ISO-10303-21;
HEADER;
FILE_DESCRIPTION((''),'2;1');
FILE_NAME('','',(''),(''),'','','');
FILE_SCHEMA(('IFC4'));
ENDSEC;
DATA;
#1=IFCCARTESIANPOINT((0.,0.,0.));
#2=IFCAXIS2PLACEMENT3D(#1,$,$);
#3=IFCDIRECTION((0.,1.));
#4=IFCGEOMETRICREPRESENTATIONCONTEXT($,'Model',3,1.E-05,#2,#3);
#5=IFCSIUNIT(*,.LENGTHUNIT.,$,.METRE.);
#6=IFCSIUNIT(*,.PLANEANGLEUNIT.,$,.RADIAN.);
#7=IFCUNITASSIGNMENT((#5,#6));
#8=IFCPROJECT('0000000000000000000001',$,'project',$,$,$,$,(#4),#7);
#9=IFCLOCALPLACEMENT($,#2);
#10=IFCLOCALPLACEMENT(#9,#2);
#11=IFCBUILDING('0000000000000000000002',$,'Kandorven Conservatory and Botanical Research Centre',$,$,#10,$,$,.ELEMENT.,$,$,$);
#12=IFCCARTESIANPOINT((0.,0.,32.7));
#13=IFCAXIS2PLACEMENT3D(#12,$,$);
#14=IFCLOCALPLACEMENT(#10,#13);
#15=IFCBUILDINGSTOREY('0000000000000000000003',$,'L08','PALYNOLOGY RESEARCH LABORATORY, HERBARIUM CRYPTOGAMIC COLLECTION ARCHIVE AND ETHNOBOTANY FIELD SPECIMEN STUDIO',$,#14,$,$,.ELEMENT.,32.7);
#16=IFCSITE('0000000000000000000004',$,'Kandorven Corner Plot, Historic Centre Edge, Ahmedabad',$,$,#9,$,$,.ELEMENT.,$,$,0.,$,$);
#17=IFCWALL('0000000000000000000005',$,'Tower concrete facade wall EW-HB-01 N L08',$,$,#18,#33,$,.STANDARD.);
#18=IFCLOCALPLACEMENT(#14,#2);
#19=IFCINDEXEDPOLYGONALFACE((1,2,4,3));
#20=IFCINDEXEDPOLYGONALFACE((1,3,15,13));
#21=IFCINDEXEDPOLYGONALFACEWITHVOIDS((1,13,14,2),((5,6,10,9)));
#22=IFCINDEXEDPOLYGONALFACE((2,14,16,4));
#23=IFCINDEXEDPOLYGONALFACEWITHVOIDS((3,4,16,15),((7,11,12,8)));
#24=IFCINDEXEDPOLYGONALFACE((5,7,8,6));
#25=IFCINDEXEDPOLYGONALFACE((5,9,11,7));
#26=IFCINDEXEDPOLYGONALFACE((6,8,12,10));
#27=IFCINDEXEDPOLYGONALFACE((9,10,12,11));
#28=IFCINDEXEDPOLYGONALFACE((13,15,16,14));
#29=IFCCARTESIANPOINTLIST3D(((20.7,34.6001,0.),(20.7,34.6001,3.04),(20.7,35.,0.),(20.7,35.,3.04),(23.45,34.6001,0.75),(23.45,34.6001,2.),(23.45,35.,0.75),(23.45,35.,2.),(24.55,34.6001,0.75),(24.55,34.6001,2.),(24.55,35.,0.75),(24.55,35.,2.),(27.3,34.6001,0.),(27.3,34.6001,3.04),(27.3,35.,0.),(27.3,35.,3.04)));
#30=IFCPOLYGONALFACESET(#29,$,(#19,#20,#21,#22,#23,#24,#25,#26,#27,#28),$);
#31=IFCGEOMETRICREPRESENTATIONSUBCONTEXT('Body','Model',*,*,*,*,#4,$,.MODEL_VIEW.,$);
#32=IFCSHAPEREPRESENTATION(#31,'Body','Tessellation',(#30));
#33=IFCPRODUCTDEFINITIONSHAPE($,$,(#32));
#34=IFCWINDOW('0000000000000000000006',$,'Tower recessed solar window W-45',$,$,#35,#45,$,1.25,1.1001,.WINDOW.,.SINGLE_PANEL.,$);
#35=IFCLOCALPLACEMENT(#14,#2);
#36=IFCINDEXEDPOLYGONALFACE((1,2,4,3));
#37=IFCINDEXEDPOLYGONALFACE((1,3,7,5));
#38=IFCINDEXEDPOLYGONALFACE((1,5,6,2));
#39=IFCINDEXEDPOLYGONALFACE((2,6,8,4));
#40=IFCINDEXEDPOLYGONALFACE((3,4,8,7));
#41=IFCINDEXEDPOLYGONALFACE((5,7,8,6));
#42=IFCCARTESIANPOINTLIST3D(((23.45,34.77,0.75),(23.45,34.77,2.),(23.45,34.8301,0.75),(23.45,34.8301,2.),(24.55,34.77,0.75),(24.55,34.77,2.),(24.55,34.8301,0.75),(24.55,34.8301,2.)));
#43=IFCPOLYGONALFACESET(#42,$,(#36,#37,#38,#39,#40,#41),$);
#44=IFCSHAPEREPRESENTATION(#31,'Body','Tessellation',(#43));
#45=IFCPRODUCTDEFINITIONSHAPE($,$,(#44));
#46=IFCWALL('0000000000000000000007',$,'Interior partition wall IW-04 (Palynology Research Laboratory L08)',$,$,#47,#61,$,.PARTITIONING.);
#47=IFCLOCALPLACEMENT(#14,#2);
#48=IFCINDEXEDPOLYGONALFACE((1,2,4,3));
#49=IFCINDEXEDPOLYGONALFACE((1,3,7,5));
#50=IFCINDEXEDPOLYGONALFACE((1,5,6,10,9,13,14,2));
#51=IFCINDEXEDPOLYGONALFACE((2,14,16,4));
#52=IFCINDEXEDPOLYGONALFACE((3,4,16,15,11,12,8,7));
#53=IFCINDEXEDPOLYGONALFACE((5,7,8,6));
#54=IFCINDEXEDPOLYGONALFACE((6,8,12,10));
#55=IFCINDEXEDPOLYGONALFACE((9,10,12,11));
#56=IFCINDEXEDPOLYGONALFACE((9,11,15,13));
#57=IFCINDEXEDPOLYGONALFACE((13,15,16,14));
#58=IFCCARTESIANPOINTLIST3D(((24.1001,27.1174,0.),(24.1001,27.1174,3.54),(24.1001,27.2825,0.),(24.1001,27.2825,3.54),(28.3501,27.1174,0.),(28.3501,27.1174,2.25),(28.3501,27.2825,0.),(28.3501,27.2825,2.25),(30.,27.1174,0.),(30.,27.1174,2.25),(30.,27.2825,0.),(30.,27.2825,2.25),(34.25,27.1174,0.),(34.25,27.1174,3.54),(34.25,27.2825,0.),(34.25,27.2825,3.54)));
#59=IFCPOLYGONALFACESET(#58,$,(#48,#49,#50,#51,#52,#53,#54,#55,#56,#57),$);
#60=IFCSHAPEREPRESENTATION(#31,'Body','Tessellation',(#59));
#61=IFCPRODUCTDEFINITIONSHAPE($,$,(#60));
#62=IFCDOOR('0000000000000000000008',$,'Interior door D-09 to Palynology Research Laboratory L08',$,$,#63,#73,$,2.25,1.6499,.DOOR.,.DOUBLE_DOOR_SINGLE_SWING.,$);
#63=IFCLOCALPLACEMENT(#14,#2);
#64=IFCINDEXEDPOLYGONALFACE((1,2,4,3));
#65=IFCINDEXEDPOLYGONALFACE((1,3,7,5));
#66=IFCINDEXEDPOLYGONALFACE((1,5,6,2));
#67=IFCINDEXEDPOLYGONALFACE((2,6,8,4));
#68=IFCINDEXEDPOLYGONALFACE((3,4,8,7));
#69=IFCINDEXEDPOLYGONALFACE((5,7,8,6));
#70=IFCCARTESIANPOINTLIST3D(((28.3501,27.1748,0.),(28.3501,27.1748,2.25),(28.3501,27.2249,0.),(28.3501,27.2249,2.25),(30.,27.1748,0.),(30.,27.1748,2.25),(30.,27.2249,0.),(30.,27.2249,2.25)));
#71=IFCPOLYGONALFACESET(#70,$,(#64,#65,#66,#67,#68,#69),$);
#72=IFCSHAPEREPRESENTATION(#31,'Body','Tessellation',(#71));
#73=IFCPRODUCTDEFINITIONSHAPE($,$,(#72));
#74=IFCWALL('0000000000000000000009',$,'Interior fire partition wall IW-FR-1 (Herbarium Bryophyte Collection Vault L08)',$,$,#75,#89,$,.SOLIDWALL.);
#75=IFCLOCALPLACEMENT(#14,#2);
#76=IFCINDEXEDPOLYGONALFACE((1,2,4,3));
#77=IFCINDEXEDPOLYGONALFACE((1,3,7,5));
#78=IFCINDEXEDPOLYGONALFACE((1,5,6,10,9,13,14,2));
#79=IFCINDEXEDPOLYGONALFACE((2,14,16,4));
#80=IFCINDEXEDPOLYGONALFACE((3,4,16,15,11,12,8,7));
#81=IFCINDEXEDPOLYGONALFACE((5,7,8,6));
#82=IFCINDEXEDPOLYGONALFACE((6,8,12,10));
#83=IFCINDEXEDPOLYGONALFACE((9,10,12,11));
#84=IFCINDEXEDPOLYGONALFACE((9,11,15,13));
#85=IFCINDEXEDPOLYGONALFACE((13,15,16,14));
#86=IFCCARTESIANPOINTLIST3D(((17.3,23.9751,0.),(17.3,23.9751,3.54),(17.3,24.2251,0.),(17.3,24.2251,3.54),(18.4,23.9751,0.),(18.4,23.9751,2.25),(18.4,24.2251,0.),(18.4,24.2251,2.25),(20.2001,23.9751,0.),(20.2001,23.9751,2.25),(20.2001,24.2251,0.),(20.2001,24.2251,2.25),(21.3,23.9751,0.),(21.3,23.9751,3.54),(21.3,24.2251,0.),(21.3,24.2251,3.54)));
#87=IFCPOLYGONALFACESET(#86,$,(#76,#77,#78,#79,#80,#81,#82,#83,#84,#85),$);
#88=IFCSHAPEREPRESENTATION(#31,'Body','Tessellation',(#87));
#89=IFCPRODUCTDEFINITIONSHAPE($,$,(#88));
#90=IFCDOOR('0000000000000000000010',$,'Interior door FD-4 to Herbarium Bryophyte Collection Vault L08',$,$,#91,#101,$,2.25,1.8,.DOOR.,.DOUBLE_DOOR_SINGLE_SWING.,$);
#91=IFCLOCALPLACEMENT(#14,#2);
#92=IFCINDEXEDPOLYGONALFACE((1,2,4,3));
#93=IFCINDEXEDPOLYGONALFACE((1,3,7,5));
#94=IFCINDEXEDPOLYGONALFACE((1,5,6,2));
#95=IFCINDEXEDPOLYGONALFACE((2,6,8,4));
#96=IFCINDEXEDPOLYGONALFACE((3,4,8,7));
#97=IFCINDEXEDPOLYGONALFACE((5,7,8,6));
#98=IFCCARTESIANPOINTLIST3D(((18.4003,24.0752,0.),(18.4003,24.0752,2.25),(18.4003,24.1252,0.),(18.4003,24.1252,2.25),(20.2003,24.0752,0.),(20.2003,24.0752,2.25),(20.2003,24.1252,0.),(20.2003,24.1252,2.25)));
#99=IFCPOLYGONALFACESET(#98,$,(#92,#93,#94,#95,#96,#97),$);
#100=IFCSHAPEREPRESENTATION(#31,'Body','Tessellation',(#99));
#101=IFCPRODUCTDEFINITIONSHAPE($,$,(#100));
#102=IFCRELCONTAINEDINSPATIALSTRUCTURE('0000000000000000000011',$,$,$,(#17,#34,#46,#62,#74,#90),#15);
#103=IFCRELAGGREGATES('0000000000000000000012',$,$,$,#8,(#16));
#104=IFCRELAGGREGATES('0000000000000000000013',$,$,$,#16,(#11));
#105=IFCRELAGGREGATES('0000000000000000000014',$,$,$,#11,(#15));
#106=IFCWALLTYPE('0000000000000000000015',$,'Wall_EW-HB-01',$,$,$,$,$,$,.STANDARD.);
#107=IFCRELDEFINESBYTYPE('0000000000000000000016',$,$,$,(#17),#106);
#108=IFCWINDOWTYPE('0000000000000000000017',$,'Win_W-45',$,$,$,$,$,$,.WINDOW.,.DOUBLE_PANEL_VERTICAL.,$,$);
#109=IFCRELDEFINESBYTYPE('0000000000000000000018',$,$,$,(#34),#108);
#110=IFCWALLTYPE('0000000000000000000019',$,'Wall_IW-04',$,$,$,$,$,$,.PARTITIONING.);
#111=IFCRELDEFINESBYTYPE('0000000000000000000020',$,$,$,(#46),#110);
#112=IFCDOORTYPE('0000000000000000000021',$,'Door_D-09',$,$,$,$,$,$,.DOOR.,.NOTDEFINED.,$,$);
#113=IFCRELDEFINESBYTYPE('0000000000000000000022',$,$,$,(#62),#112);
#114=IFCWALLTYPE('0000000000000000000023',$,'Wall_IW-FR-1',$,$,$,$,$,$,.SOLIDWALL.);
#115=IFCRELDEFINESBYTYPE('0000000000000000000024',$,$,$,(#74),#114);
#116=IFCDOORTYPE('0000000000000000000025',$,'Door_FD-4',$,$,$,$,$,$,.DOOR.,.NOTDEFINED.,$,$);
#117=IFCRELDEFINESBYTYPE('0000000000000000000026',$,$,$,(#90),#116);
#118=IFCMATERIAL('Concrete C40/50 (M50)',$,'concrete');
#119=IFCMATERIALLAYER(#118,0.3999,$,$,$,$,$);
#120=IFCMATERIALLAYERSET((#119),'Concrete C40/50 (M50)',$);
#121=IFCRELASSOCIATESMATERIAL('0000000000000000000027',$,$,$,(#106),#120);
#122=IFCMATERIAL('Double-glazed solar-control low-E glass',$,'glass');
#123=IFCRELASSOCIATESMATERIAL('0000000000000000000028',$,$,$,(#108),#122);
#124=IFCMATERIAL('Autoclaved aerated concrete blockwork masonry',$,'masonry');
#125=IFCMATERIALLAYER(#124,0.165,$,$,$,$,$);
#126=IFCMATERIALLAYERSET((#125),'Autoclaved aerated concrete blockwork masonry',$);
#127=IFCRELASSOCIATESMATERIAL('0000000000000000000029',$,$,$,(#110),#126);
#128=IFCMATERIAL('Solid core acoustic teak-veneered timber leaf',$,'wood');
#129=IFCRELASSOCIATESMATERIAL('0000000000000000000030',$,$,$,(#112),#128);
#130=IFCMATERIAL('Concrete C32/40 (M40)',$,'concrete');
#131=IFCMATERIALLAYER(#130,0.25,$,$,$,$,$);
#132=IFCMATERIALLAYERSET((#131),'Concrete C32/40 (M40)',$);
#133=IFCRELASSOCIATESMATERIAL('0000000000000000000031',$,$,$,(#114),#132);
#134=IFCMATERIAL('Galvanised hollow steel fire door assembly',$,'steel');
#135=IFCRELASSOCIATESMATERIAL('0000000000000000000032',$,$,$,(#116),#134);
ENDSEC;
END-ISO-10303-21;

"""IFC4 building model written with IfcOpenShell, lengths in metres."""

from ifc_helpers import new_model, si_unit, direction, frame, frame_2d, origin, place, context, subcontext, project, spatial, rectangle, extrude, material, layer, layer_set, type_object, element, fill, save


model = new_model("IFC4")

# Units and contexts
model_context = context("Model", 3, precision=1e-05, world=origin(), true_north=direction((0.0, 1.0)))
body_context = subcontext(model_context, "Body", "Model", "MODEL_VIEW")
ifc_project = project(units=[si_unit("LENGTHUNIT", "METRE"), si_unit("PLANEANGLEUNIT", "RADIAN")], contexts=[model_context])

# Site, building, storey
site_placement = place(None, origin())
site = spatial("IfcSite", under=ifc_project, at=site_placement, Name="Kandorven Corner Plot, Historic Centre Edge, Ahmedabad", CompositionType="ELEMENT", RefElevation=0.0)
building_placement = place(site_placement, origin())
building = spatial("IfcBuilding", under=site, at=building_placement, Name="Kandorven Conservatory and Botanical Research Centre", CompositionType="ELEMENT")
storey_placement = place(building_placement, frame((0.0, 0.0, 32.7)))
storey = spatial("IfcBuildingStorey", under=building, at=storey_placement, Name="L08", Description="PALYNOLOGY RESEARCH LABORATORY, HERBARIUM CRYPTOGAMIC COLLECTION ARCHIVE AND ETHNOBOTANY FIELD SPECIMEN STUDIO", CompositionType="ELEMENT", Elevation=32.7)

# Wall, opening, window
ifc_material_1 = material(Name="Concrete C40/50 (M50)", Category="concrete")
ifc_layer_1 = layer(ifc_material_1, 0.3999)
ifc_layer_set_1 = layer_set([ifc_layer_1], Name="Concrete C40/50 (M50)")
wall_type_1 = type_object("IfcWallType", Name="Wall_EW-HB-01", PredefinedType="STANDARD", material=ifc_layer_set_1)
wall_1_placement = place(storey_placement, frame((20.7, 34.8, 0.0), z_axis=(0.0, 0.0, 1.0), x_axis=(1.0, 0.0, 0.0)))
wall_1 = element("IfcWall", 1, at=wall_1_placement, inside=storey, type_object=wall_type_1, Name="Tower concrete facade wall EW-HB-01 N L08", PredefinedType="STANDARD", context=body_context, shape_type="SweptSolid", body=[
    extrude(rectangle(XDim=6.6001, YDim=0.3999, at=frame_2d((3.3, 0.0))), origin(), (0.0, 0.0, 1.0), 3.04),
])
opening_1_placement = place(wall_1_placement, frame((2.75, 0.0, 0.75)))
opening_1 = element("IfcOpeningElement", 2, at=opening_1_placement, cuts=wall_1, PredefinedType="OPENING", context=body_context, shape_type="SweptSolid", body=[
    extrude(rectangle(XDim=1.1001, YDim=1.25, at=frame_2d((0.55, 0.625))), frame((0.0, 0.21, 0.0), z_axis=(0.0, -1.0, 0.0), x_axis=(1.0, 0.0, 0.0)), (0.0, 0.0, 1.0), 0.4199),
])
ifc_material_2 = material(Name="Double-glazed solar-control low-E glass", Category="glass")
window_type = type_object("IfcWindowType", Name="Win_W-45", PartitioningType="DOUBLE_PANEL_VERTICAL", PredefinedType="WINDOW", material=ifc_material_2)
window_placement = place(opening_1_placement, origin())
window = element("IfcWindow", 3, at=window_placement, inside=storey, type_object=window_type, Name="Tower recessed solar window W-45", OverallHeight=1.25, OverallWidth=1.1001, PartitioningType="SINGLE_PANEL", PredefinedType="WINDOW", context=body_context, shape_type="SweptSolid", body=[
    extrude(rectangle(XDim=1.1001, YDim=1.25, at=frame_2d((0.55, 0.625))), frame((0.0, 0.03, 0.0), z_axis=(0.0, -1.0, 0.0), x_axis=(1.0, 0.0, 0.0)), (0.0, 0.0, 1.0), 0.0601),
])
fill(opening_1, window)

# Walls, openings, doors
ifc_material_3 = material(Name="Autoclaved aerated concrete blockwork masonry", Category="masonry")
ifc_layer_2 = layer(ifc_material_3, 0.165)
ifc_layer_set_2 = layer_set([ifc_layer_2], Name="Autoclaved aerated concrete blockwork masonry")
wall_type_2 = type_object("IfcWallType", Name="Wall_IW-04", PredefinedType="PARTITIONING", material=ifc_layer_set_2)
wall_2_placement = place(storey_placement, frame((24.1001, 27.2, 0.0), z_axis=(0.0, 0.0, 1.0), x_axis=(1.0, 0.0, 0.0)))
wall_2 = element("IfcWall", 4, at=wall_2_placement, inside=storey, type_object=wall_type_2, Name="Interior partition wall IW-04 (Palynology Research Laboratory L08)", PredefinedType="PARTITIONING", context=body_context, shape_type="SweptSolid", body=[
    extrude(rectangle(XDim=10.1499, YDim=0.165, at=frame_2d((5.075, 0.0))), origin(), (0.0, 0.0, 1.0), 3.54),
])
opening_2_placement = place(wall_2_placement, frame((4.25, 0.0, 0.0)))
opening_2 = element("IfcOpeningElement", 5, at=opening_2_placement, cuts=wall_2, PredefinedType="OPENING", context=body_context, shape_type="SweptSolid", body=[
    extrude(rectangle(XDim=1.6499, YDim=2.25, at=frame_2d((0.825, 1.125))), frame((0.0, 0.0925, 0.0), z_axis=(0.0, -1.0, 0.0), x_axis=(1.0, 0.0, 0.0)), (0.0, 0.0, 1.0), 0.1851),
])
ifc_material_4 = material(Name="Solid core acoustic teak-veneered timber leaf", Category="wood")
door_type_1 = type_object("IfcDoorType", Name="Door_D-09", OperationType="NOTDEFINED", PredefinedType="DOOR", material=ifc_material_4)
door_1_placement = place(opening_2_placement, origin())
door_1 = element("IfcDoor", 6, at=door_1_placement, inside=storey, type_object=door_type_1, Name="Interior door D-09 to Palynology Research Laboratory L08", OperationType="DOUBLE_DOOR_SINGLE_SWING", OverallHeight=2.25, OverallWidth=1.6499, PredefinedType="DOOR", context=body_context, shape_type="SweptSolid", body=[
    extrude(rectangle(XDim=1.6499, YDim=2.25, at=frame_2d((0.825, 1.125))), frame((0.0, 0.0249, 0.0), z_axis=(0.0, -1.0, 0.0), x_axis=(1.0, 0.0, 0.0)), (0.0, 0.0, 1.0), 0.05),
])
fill(opening_2, door_1)
ifc_material_5 = material(Name="Concrete C32/40 (M40)", Category="concrete")
ifc_layer_3 = layer(ifc_material_5, 0.25)
ifc_layer_set_3 = layer_set([ifc_layer_3], Name="Concrete C32/40 (M40)")
wall_type_3 = type_object("IfcWallType", Name="Wall_IW-FR-1", PredefinedType="SOLIDWALL", material=ifc_layer_set_3)
wall_3_placement = place(storey_placement, frame((17.3, 24.1001, 0.0), z_axis=(0.0, 0.0, 1.0), x_axis=(1.0, 0.0, 0.0)))
wall_3 = element("IfcWall", 7, at=wall_3_placement, inside=storey, type_object=wall_type_3, Name="Interior fire partition wall IW-FR-1 (Herbarium Bryophyte Collection Vault L08)", PredefinedType="SOLIDWALL", context=body_context, shape_type="SweptSolid", body=[
    extrude(rectangle(XDim=4.0, YDim=0.25, at=frame_2d((2.0, 0.0))), origin(), (0.0, 0.0, 1.0), 3.54),
])
opening_3_placement = place(wall_3_placement, frame((1.1001, 0.0, 0.0)))
opening_3 = element("IfcOpeningElement", 8, at=opening_3_placement, cuts=wall_3, PredefinedType="OPENING", context=body_context, shape_type="SweptSolid", body=[
    extrude(rectangle(XDim=1.8, YDim=2.25, at=frame_2d((0.8999, 1.125))), frame((0.0, 0.135, 0.0), z_axis=(0.0, -1.0, 0.0), x_axis=(1.0, 0.0, 0.0)), (0.0, 0.0, 1.0), 0.27),
])
ifc_material_6 = material(Name="Galvanised hollow steel fire door assembly", Category="steel")
door_type_2 = type_object("IfcDoorType", Name="Door_FD-4", OperationType="NOTDEFINED", PredefinedType="DOOR", material=ifc_material_6)
door_2_placement = place(opening_3_placement, frame((1.8, 0.0, 0.0), z_axis=(0.0, 0.0, 1.0), x_axis=(-1.0, 0.0, 0.0)))
door_2 = element("IfcDoor", 9, at=door_2_placement, inside=storey, type_object=door_type_2, Name="Interior door FD-4 to Herbarium Bryophyte Collection Vault L08", OperationType="DOUBLE_DOOR_SINGLE_SWING", OverallHeight=2.25, OverallWidth=1.8, PredefinedType="DOOR", context=body_context, shape_type="SweptSolid", body=[
    extrude(rectangle(XDim=1.8, YDim=2.25, at=frame_2d((0.8999, 1.125))), frame((0.0, 0.0249, 0.0), z_axis=(0.0, -1.0, 0.0), x_axis=(1.0, 0.0, 0.0)), (0.0, 0.0, 1.0), 0.05),
])
fill(opening_3, door_2)

save(model, "model.ifc")
